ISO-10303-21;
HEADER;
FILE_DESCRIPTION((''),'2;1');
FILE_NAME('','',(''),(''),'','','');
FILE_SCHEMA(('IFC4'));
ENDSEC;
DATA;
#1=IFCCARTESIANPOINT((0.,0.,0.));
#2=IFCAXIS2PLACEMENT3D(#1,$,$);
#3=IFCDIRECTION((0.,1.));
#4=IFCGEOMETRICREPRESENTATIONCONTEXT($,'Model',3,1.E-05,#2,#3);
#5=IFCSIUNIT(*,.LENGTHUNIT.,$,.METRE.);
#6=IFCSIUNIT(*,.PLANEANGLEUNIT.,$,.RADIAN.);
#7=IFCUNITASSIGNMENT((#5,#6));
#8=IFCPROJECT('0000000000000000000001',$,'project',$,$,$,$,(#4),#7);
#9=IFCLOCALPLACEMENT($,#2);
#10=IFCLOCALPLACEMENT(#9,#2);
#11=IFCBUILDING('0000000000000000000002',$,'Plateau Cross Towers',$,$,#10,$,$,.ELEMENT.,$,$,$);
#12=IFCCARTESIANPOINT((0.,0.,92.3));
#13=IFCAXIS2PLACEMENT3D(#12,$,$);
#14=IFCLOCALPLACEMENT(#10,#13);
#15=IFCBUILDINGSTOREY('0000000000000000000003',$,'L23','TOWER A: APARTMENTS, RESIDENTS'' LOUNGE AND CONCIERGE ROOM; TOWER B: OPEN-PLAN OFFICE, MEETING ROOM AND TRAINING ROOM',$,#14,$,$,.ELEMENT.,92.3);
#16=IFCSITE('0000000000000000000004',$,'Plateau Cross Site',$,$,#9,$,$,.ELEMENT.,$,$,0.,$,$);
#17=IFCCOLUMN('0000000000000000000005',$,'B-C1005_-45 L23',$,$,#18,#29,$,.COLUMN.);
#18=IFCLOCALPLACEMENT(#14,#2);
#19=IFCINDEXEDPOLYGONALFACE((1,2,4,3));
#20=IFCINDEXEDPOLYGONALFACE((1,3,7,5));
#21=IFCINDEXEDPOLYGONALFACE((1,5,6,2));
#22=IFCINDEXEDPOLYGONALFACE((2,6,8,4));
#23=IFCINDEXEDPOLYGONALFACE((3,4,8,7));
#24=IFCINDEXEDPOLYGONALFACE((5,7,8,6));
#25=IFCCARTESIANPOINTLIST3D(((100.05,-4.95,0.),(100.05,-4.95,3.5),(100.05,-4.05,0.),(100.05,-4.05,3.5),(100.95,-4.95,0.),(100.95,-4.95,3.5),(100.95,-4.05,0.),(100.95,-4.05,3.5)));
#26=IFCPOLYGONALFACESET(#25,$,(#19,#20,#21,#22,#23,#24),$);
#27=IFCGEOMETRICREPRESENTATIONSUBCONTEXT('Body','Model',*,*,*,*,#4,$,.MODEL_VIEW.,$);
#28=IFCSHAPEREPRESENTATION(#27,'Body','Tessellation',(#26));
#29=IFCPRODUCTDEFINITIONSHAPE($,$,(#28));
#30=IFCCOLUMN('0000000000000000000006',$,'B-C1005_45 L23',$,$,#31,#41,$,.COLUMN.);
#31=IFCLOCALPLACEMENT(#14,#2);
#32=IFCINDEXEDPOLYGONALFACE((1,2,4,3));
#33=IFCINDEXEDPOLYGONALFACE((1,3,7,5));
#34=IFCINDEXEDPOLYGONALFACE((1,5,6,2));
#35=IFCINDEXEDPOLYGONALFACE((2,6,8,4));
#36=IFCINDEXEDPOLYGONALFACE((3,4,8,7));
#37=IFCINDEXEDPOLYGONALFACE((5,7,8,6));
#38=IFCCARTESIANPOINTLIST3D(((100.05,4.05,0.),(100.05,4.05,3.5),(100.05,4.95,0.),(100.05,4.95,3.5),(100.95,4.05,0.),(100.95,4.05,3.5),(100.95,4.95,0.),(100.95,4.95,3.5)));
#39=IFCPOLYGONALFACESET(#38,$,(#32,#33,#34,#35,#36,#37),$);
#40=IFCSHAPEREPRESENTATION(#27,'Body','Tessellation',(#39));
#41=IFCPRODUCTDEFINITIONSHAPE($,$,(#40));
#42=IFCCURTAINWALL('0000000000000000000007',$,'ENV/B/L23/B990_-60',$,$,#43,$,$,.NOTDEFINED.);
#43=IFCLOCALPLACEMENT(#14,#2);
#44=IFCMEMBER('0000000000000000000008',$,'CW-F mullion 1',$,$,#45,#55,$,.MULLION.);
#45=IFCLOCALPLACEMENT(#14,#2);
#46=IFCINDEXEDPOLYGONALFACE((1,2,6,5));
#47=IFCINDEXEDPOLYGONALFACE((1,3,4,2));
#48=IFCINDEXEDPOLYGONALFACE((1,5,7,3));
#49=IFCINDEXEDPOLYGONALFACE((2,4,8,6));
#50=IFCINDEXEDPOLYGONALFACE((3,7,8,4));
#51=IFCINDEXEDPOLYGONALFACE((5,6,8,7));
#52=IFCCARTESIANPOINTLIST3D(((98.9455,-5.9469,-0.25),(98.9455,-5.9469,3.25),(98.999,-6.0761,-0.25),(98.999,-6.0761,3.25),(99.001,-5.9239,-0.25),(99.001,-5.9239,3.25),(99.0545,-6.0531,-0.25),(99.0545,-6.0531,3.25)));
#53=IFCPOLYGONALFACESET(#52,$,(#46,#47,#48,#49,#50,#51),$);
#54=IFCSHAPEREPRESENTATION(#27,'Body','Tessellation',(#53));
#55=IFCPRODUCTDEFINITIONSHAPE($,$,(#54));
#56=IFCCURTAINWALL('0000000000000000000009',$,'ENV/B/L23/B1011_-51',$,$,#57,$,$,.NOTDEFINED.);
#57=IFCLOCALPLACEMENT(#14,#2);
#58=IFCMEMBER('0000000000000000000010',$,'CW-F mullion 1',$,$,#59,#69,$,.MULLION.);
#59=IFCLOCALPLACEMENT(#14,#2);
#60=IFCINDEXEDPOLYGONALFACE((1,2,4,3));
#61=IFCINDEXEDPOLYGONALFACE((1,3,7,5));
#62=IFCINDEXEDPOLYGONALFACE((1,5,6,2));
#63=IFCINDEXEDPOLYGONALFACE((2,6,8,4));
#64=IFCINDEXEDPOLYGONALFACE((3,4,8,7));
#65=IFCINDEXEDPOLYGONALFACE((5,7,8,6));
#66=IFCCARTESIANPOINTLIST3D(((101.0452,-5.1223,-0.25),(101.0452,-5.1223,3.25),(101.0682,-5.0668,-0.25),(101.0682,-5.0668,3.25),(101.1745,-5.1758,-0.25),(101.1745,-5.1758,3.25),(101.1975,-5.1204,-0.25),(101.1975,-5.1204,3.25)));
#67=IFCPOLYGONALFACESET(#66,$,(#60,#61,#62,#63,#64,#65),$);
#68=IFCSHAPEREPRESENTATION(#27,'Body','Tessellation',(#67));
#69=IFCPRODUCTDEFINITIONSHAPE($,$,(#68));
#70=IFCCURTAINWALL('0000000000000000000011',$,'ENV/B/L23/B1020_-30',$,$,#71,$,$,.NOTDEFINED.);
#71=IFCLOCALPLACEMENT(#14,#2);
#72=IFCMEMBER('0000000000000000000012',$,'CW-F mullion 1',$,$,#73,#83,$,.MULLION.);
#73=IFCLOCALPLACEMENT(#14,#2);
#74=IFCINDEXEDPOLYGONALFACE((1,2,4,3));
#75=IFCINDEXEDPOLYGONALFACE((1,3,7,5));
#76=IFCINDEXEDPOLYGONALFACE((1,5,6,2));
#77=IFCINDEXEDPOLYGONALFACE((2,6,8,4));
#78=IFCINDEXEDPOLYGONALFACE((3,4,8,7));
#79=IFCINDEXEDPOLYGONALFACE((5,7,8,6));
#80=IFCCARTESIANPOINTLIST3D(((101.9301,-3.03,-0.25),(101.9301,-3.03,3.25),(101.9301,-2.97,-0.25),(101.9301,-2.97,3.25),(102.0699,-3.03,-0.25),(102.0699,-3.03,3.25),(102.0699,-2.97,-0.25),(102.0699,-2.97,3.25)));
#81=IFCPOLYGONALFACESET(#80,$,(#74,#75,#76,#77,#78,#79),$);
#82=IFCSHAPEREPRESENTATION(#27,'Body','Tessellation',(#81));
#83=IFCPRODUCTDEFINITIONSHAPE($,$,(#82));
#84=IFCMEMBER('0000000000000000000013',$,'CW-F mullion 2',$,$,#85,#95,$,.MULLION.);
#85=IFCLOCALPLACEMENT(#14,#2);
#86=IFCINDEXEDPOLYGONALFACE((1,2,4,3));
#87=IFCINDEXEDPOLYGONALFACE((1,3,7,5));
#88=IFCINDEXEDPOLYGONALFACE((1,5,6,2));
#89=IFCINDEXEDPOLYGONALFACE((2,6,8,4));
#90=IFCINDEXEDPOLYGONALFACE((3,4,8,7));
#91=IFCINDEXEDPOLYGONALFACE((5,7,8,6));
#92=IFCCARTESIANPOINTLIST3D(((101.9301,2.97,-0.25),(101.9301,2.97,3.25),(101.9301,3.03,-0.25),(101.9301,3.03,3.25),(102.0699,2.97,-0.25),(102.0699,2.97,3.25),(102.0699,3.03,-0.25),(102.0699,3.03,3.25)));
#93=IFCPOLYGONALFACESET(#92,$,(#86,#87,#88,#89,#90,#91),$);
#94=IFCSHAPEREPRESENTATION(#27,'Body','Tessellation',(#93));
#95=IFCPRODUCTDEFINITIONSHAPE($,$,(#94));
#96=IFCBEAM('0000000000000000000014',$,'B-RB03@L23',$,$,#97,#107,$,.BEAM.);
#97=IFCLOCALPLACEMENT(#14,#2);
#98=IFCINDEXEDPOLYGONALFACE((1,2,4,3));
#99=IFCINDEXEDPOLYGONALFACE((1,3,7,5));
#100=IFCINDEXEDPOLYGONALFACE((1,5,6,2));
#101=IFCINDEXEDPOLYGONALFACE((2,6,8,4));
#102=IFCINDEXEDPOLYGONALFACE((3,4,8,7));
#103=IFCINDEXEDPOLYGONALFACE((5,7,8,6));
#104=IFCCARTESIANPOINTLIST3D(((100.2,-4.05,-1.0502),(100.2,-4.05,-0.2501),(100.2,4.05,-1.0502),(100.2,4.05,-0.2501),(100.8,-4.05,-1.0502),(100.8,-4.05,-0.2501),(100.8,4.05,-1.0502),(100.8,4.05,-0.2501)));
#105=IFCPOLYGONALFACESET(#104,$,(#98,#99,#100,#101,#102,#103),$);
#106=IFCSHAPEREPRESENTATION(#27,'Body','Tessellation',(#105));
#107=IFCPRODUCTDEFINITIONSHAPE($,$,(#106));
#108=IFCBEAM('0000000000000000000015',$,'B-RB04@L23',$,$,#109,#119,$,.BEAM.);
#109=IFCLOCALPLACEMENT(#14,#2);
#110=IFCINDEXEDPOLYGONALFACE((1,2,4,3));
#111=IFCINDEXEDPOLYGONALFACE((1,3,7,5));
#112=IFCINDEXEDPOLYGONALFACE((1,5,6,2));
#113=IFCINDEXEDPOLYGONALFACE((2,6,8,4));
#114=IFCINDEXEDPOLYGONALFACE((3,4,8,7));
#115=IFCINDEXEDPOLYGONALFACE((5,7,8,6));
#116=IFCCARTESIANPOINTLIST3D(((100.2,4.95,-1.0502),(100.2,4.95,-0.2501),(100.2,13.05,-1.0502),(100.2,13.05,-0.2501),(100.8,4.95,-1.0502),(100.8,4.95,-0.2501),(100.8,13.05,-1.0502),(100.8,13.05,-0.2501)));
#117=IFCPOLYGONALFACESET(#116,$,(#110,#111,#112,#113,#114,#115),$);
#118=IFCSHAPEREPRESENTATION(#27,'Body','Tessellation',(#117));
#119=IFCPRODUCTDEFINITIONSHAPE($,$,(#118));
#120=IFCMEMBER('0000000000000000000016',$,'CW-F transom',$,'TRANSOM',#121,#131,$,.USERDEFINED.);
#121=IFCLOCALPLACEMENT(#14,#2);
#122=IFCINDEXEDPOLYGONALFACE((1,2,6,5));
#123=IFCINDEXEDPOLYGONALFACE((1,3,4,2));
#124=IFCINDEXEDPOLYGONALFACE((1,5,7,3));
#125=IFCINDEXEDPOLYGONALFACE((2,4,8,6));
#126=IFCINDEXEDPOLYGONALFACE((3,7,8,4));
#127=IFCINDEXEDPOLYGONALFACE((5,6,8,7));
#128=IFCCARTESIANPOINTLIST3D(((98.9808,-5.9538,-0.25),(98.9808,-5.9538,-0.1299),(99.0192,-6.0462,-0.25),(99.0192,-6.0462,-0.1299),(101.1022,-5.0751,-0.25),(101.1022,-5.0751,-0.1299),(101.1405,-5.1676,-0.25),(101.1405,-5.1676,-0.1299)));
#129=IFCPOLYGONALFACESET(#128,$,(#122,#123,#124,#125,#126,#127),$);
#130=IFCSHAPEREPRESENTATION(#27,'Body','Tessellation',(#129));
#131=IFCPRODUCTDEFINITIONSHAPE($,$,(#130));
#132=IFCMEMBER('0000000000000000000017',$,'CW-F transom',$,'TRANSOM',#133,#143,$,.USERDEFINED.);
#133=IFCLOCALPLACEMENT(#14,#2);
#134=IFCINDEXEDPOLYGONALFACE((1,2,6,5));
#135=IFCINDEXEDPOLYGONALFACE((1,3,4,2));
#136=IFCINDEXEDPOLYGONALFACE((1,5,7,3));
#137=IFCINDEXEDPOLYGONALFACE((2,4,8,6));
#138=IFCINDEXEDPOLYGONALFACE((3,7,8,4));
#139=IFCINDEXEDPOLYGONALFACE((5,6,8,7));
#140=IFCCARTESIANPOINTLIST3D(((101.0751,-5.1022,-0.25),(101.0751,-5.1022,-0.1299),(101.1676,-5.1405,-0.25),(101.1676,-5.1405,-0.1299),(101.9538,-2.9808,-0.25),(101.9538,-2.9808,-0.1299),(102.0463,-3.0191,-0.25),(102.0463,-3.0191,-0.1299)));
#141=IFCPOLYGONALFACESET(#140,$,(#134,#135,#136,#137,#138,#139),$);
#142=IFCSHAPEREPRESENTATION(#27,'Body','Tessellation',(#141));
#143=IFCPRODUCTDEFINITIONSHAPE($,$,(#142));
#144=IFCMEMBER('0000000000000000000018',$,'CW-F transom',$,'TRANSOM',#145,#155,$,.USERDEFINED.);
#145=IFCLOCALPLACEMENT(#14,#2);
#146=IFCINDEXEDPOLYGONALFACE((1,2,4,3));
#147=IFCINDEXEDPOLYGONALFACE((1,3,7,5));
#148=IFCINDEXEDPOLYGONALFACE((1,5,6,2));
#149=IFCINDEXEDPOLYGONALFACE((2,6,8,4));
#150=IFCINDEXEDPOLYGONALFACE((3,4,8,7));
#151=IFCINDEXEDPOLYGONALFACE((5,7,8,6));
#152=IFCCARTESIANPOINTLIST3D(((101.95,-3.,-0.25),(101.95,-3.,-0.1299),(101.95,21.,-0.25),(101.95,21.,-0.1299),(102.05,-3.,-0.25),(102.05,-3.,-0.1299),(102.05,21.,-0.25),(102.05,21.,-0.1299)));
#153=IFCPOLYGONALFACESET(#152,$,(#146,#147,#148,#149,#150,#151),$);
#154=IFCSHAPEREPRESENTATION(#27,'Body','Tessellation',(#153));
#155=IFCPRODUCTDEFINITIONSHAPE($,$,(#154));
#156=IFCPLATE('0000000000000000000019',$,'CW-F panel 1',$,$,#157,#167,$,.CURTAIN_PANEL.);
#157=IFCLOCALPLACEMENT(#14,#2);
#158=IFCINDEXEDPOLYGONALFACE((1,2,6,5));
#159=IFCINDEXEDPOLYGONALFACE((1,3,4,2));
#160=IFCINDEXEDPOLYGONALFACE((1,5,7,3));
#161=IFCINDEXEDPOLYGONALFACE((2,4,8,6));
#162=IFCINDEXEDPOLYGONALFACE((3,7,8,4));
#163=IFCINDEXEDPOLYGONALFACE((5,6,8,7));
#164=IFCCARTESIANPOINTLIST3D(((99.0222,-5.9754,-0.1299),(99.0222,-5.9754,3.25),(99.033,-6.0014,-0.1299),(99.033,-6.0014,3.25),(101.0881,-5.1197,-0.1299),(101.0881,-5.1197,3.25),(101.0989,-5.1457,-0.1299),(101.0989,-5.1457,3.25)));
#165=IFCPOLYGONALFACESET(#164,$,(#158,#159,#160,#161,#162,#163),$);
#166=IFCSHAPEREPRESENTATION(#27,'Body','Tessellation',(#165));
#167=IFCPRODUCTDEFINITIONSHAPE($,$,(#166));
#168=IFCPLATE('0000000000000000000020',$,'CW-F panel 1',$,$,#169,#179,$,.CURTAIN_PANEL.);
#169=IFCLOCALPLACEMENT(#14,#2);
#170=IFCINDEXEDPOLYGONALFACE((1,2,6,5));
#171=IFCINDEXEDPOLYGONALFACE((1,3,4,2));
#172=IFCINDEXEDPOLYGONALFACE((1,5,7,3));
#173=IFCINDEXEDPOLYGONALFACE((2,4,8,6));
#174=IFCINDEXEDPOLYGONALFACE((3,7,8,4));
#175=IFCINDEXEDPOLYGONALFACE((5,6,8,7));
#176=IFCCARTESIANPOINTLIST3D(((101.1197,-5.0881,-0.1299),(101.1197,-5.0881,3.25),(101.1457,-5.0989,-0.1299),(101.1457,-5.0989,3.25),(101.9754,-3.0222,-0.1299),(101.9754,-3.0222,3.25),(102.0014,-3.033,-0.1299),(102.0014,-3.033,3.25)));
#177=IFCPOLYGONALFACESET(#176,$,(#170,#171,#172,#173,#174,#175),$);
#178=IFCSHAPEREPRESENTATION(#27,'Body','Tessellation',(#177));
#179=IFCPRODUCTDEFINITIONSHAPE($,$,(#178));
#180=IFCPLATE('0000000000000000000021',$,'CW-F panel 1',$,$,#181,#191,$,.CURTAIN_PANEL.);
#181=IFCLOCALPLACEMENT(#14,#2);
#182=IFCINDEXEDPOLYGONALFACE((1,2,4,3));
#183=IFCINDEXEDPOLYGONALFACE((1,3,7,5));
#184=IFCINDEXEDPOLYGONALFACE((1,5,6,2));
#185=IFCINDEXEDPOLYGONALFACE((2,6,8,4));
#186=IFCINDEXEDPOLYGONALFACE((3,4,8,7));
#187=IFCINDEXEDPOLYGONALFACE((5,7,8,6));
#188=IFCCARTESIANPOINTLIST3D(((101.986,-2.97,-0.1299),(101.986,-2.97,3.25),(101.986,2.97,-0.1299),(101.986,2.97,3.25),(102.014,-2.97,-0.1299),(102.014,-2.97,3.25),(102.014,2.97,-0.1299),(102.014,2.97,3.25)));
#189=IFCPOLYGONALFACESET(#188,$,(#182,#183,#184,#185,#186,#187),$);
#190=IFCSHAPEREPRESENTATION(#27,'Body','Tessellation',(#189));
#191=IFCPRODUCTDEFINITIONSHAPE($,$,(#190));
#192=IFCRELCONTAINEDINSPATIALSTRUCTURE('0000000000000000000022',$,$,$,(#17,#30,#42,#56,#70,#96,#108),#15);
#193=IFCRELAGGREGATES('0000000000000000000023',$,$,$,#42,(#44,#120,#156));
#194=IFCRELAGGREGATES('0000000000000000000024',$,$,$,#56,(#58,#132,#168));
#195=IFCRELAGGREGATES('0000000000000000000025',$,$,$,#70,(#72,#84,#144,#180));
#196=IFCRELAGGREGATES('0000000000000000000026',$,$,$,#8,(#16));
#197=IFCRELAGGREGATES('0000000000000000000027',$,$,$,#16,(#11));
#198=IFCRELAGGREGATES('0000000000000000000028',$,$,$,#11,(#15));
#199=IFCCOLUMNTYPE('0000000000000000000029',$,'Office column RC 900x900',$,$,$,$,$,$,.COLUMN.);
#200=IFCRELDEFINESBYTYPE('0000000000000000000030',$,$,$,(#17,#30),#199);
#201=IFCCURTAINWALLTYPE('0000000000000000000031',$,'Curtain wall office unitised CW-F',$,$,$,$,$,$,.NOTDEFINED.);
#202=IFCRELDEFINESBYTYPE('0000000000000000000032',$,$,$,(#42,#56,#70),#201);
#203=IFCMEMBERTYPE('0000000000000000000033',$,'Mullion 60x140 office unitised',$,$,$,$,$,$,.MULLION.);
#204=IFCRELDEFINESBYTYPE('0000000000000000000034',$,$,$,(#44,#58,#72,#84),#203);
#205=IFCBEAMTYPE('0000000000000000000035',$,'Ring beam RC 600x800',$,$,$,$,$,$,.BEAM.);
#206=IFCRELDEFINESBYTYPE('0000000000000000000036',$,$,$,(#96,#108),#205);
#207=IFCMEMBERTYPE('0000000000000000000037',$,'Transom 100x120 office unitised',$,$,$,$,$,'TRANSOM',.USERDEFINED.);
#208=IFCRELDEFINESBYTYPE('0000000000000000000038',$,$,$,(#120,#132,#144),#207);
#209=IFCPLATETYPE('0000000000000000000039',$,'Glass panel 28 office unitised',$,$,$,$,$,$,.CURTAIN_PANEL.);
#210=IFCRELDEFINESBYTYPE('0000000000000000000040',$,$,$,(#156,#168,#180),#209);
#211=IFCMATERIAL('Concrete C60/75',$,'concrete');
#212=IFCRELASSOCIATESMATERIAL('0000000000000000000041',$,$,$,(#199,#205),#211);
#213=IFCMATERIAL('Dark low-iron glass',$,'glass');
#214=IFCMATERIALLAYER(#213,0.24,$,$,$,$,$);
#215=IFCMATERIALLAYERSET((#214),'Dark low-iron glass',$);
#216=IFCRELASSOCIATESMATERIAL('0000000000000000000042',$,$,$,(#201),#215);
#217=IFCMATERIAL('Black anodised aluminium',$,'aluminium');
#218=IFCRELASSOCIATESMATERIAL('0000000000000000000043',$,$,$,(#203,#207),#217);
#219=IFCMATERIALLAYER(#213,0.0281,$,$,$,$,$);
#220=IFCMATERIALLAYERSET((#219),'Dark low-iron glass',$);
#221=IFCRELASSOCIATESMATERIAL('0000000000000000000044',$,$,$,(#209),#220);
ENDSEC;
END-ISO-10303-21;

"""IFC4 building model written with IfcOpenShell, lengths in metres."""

from ifc_helpers import new_model, si_unit, direction, frame, origin, origin_2d, place, context, subcontext, project, spatial, rectangle, extrude, material, layer, layer_set, material_profile, profile_set, type_object, element, aggregate, save


model = new_model("IFC4")

# Units and contexts
model_context = context("Model", 3, precision=1e-05, world=origin(), true_north=direction((0.0, 1.0)))
body_context = subcontext(model_context, "Body", "Model", "MODEL_VIEW")
ifc_project = project(units=[si_unit("LENGTHUNIT", "METRE"), si_unit("PLANEANGLEUNIT", "RADIAN")], contexts=[model_context])

# Site, building, storey
site_placement = place(None, origin())
site = spatial("IfcSite", under=ifc_project, at=site_placement, Name="Plateau Cross Site", CompositionType="ELEMENT", RefElevation=0.0)
building_placement = place(site_placement, origin())
building = spatial("IfcBuilding", under=site, at=building_placement, Name="Plateau Cross Towers", CompositionType="ELEMENT")
storey_placement = place(building_placement, frame((0.0, 0.0, 92.3)))
storey = spatial("IfcBuildingStorey", under=building, at=storey_placement, Name="L23", Description="TOWER A: APARTMENTS, RESIDENTS' LOUNGE AND CONCIERGE ROOM; TOWER B: OPEN-PLAN OFFICE, MEETING ROOM AND TRAINING ROOM", CompositionType="ELEMENT", Elevation=92.3)

# Columns
ifc_material_1 = material(Name="Concrete C60/75", Category="concrete")
ifc_material_profile_1 = material_profile(ifc_material_1, rectangle(XDim=0.8999, YDim=0.8999, at=origin_2d()), Name="RC 900x900")
ifc_profile_set_1 = profile_set([ifc_material_profile_1], Name="Concrete C60/75")
column_type = type_object("IfcColumnType", Name="Office column RC 900x900", PredefinedType="COLUMN", material=ifc_profile_set_1)
for number, where, z_axis, x_axis, name in (
    (1, (100.5, -4.5, 0.0), (0.0, 0.0, 1.0), (1.0, 0.0, 0.0), "B-C1005_-45 L23"),
    (2, (100.5, 4.5, 0.0), (0.0, 0.0, 1.0), (1.0, 0.0, 0.0), "B-C1005_45 L23"),
):
    element("IfcColumn", number, at=place(storey_placement, frame(where, z_axis=z_axis, x_axis=x_axis)), inside=storey, type_object=column_type, Name=name, PredefinedType="COLUMN", context=body_context, shape_type="SweptSolid", body=[
        extrude(rectangle(XDim=0.8999, YDim=0.8999, at=origin_2d()), origin(), (0.0, 0.0, 1.0), 3.5),
    ])

# Curtain walls, members
ifc_material_2 = material(Name="Dark low-iron glass", Category="glass")
ifc_layer_1 = layer(ifc_material_2, 0.24)
ifc_layer_set_1 = layer_set([ifc_layer_1], Name="Dark low-iron glass")
curtain_wall_type = type_object("IfcCurtainWallType", Name="Curtain wall office unitised CW-F", PredefinedType="NOTDEFINED", material=ifc_layer_set_1)
curtain_wall_1_placement = place(storey_placement, origin())
curtain_wall_1 = element("IfcCurtainWall", 3, at=curtain_wall_1_placement, inside=storey, type_object=curtain_wall_type, Name="ENV/B/L23/B990_-60", PredefinedType="NOTDEFINED")
ifc_material_3 = material(Name="Black anodised aluminium", Category="aluminium")
ifc_material_profile_2 = material_profile(ifc_material_3, rectangle(XDim=0.0601, YDim=0.1399, at=origin_2d()), Name="MULLION 60x140")
ifc_profile_set_2 = profile_set([ifc_material_profile_2], Name="Black anodised aluminium")
member_type_1 = type_object("IfcMemberType", Name="Mullion 60x140 office unitised", PredefinedType="MULLION", material=ifc_profile_set_2)
member_1_placement = place(storey_placement, frame((99.0, -6.0, -0.25), z_axis=(0.0, 0.0, 1.0), x_axis=(0.923879, 0.382684, 0.0)))
member_1 = element("IfcMember", 4, at=member_1_placement, type_object=member_type_1, Name="CW-F mullion 1", PredefinedType="MULLION", context=body_context, shape_type="SweptSolid", body=[
    extrude(rectangle(XDim=0.0601, YDim=0.1399, at=origin_2d()), origin(), (0.0, 0.0, 1.0), 3.5),
])
curtain_wall_2_placement = place(storey_placement, origin())
curtain_wall_2 = element("IfcCurtainWall", 5, at=curtain_wall_2_placement, inside=storey, type_object=curtain_wall_type, Name="ENV/B/L23/B1011_-51", PredefinedType="NOTDEFINED")
member_2_placement = place(storey_placement, frame((101.1213, -5.1213, -0.25), z_axis=(0.0, 0.0, 1.0), x_axis=(0.382684, 0.923879, 0.0)))
member_2 = element("IfcMember", 6, at=member_2_placement, type_object=member_type_1, Name="CW-F mullion 1", PredefinedType="MULLION", context=body_context, shape_type="SweptSolid", body=[
    extrude(rectangle(XDim=0.0601, YDim=0.1399, at=origin_2d()), origin(), (0.0, 0.0, 1.0), 3.5),
])

# Curtain wall, members
curtain_wall_3_placement = place(storey_placement, origin())
curtain_wall_3 = element("IfcCurtainWall", 7, at=curtain_wall_3_placement, inside=storey, type_object=curtain_wall_type, Name="ENV/B/L23/B1020_-30", PredefinedType="NOTDEFINED")
member_3_placement = place(storey_placement, frame((102.0, -3.0, -0.25), z_axis=(0.0, 0.0, 1.0), x_axis=(0.0, 1.0, 0.0)))
member_3 = element("IfcMember", 8, at=member_3_placement, type_object=member_type_1, Name="CW-F mullion 1", PredefinedType="MULLION", context=body_context, shape_type="SweptSolid", body=[
    extrude(rectangle(XDim=0.0601, YDim=0.1399, at=origin_2d()), origin(), (0.0, 0.0, 1.0), 3.5),
])
member_4_placement = place(storey_placement, frame((102.0, 3.0, -0.25), z_axis=(0.0, 0.0, 1.0), x_axis=(0.0, 1.0, 0.0)))
member_4 = element("IfcMember", 9, at=member_4_placement, type_object=member_type_1, Name="CW-F mullion 2", PredefinedType="MULLION", context=body_context, shape_type="SweptSolid", body=[
    extrude(rectangle(XDim=0.0601, YDim=0.1399, at=origin_2d()), origin(), (0.0, 0.0, 1.0), 3.5),
])

# Beams
ifc_material_profile_3 = material_profile(ifc_material_1, rectangle(XDim=0.6001, YDim=0.8, at=origin_2d()), Name="RC 600x800")
ifc_profile_set_3 = profile_set([ifc_material_profile_3], Name="Concrete C60/75")
beam_type = type_object("IfcBeamType", Name="Ring beam RC 600x800", PredefinedType="BEAM", material=ifc_profile_set_3)
for number, where, z_axis, x_axis, name in (
    (10, (100.5, -4.05, -0.6501), (0.0, 1.0, 0.0), (-1.0, 0.0, 0.0), "B-RB03@L23"),
    (11, (100.5, 4.95, -0.6501), (0.0, 1.0, 0.0), (-1.0, 0.0, 0.0), "B-RB04@L23"),
):
    element("IfcBeam", number, at=place(storey_placement, frame(where, z_axis=z_axis, x_axis=x_axis)), inside=storey, type_object=beam_type, Name=name, PredefinedType="BEAM", context=body_context, shape_type="SweptSolid", body=[
        extrude(rectangle(XDim=0.6001, YDim=0.8, at=origin_2d()), origin(), (0.0, 0.0, 1.0), 8.1001),
    ])

# Members
ifc_material_profile_4 = material_profile(ifc_material_3, rectangle(XDim=0.1001, YDim=0.1201, at=origin_2d()), Name="TRANSOM 100x120")
ifc_profile_set_4 = profile_set([ifc_material_profile_4], Name="Black anodised aluminium")
member_type_2 = type_object("IfcMemberType", Name="Transom 100x120 office unitised", ElementType="TRANSOM", PredefinedType="USERDEFINED", material=ifc_profile_set_4)
member_5_placement = place(storey_placement, frame((99.0, -6.0, -0.1899), z_axis=(0.923883, 0.382674, 0.0), x_axis=(-0.382674, 0.923883, 0.0)))
member_5 = element("IfcMember", 12, at=member_5_placement, type_object=member_type_2, Name="CW-F transom", ObjectType="TRANSOM", PredefinedType="USERDEFINED", context=body_context, shape_type="SweptSolid", body=[
    extrude(rectangle(XDim=0.1001, YDim=0.1201, at=origin_2d()), origin(), (0.0, 0.0, 1.0), 2.2961),
])
member_6_placement = place(storey_placement, frame((101.1213, -5.1213, -0.1899), z_axis=(0.382674, 0.923883, 0.0), x_axis=(-0.923883, 0.382674, 0.0)))
member_6 = element("IfcMember", 13, at=member_6_placement, type_object=member_type_2, Name="CW-F transom", ObjectType="TRANSOM", PredefinedType="USERDEFINED", context=body_context, shape_type="SweptSolid", body=[
    extrude(rectangle(XDim=0.1001, YDim=0.1201, at=origin_2d()), origin(), (0.0, 0.0, 1.0), 2.2961),
])
member_7_placement = place(storey_placement, frame((102.0, -3.0, -0.1899), z_axis=(0.0, 1.0, 0.0), x_axis=(-1.0, 0.0, 0.0)))
member_7 = element("IfcMember", 14, at=member_7_placement, type_object=member_type_2, Name="CW-F transom", ObjectType="TRANSOM", PredefinedType="USERDEFINED", context=body_context, shape_type="SweptSolid", body=[
    extrude(rectangle(XDim=0.1001, YDim=0.1201, at=origin_2d()), origin(), (0.0, 0.0, 1.0), 24.0),
])

# Plates
ifc_layer_2 = layer(ifc_material_2, 0.0281)
ifc_layer_set_2 = layer_set([ifc_layer_2], Name="Dark low-iron glass")
plate_type = type_object("IfcPlateType", Name="Glass panel 28 office unitised", PredefinedType="CURTAIN_PANEL", material=ifc_layer_set_2)
plate_1_placement = place(storey_placement, frame((100.0605, -5.5605, -0.1299), z_axis=(0.0, 0.0, 1.0), x_axis=(0.923879, 0.382684, 0.0)))
plate_1 = element("IfcPlate", 15, at=plate_1_placement, type_object=plate_type, Name="CW-F panel 1", PredefinedType="CURTAIN_PANEL", context=body_context, shape_type="SweptSolid", body=[
    extrude(rectangle(XDim=2.2361, YDim=0.0281, at=origin_2d()), origin(), (0.0, 0.0, 1.0), 3.3799),
])
aggregate(curtain_wall_1, [member_1, member_5, plate_1])
plate_2_placement = place(storey_placement, frame((101.5605, -4.0605, -0.1299), z_axis=(0.0, 0.0, 1.0), x_axis=(0.382684, 0.923879, 0.0)))
plate_2 = element("IfcPlate", 16, at=plate_2_placement, type_object=plate_type, Name="CW-F panel 1", PredefinedType="CURTAIN_PANEL", context=body_context, shape_type="SweptSolid", body=[
    extrude(rectangle(XDim=2.2361, YDim=0.0281, at=origin_2d()), origin(), (0.0, 0.0, 1.0), 3.3799),
])
aggregate(curtain_wall_2, [member_2, member_6, plate_2])
plate_3_placement = place(storey_placement, frame((102.0, 0.0, -0.1299), z_axis=(0.0, 0.0, 1.0), x_axis=(0.0, 1.0, 0.0)))
plate_3 = element("IfcPlate", 17, at=plate_3_placement, type_object=plate_type, Name="CW-F panel 1", PredefinedType="CURTAIN_PANEL", context=body_context, shape_type="SweptSolid", body=[
    extrude(rectangle(XDim=5.9399, YDim=0.0281, at=origin_2d()), origin(), (0.0, 0.0, 1.0), 3.3799),
])
aggregate(curtain_wall_3, [member_3, member_4, member_7, plate_3])

save(model, "model.ifc")
